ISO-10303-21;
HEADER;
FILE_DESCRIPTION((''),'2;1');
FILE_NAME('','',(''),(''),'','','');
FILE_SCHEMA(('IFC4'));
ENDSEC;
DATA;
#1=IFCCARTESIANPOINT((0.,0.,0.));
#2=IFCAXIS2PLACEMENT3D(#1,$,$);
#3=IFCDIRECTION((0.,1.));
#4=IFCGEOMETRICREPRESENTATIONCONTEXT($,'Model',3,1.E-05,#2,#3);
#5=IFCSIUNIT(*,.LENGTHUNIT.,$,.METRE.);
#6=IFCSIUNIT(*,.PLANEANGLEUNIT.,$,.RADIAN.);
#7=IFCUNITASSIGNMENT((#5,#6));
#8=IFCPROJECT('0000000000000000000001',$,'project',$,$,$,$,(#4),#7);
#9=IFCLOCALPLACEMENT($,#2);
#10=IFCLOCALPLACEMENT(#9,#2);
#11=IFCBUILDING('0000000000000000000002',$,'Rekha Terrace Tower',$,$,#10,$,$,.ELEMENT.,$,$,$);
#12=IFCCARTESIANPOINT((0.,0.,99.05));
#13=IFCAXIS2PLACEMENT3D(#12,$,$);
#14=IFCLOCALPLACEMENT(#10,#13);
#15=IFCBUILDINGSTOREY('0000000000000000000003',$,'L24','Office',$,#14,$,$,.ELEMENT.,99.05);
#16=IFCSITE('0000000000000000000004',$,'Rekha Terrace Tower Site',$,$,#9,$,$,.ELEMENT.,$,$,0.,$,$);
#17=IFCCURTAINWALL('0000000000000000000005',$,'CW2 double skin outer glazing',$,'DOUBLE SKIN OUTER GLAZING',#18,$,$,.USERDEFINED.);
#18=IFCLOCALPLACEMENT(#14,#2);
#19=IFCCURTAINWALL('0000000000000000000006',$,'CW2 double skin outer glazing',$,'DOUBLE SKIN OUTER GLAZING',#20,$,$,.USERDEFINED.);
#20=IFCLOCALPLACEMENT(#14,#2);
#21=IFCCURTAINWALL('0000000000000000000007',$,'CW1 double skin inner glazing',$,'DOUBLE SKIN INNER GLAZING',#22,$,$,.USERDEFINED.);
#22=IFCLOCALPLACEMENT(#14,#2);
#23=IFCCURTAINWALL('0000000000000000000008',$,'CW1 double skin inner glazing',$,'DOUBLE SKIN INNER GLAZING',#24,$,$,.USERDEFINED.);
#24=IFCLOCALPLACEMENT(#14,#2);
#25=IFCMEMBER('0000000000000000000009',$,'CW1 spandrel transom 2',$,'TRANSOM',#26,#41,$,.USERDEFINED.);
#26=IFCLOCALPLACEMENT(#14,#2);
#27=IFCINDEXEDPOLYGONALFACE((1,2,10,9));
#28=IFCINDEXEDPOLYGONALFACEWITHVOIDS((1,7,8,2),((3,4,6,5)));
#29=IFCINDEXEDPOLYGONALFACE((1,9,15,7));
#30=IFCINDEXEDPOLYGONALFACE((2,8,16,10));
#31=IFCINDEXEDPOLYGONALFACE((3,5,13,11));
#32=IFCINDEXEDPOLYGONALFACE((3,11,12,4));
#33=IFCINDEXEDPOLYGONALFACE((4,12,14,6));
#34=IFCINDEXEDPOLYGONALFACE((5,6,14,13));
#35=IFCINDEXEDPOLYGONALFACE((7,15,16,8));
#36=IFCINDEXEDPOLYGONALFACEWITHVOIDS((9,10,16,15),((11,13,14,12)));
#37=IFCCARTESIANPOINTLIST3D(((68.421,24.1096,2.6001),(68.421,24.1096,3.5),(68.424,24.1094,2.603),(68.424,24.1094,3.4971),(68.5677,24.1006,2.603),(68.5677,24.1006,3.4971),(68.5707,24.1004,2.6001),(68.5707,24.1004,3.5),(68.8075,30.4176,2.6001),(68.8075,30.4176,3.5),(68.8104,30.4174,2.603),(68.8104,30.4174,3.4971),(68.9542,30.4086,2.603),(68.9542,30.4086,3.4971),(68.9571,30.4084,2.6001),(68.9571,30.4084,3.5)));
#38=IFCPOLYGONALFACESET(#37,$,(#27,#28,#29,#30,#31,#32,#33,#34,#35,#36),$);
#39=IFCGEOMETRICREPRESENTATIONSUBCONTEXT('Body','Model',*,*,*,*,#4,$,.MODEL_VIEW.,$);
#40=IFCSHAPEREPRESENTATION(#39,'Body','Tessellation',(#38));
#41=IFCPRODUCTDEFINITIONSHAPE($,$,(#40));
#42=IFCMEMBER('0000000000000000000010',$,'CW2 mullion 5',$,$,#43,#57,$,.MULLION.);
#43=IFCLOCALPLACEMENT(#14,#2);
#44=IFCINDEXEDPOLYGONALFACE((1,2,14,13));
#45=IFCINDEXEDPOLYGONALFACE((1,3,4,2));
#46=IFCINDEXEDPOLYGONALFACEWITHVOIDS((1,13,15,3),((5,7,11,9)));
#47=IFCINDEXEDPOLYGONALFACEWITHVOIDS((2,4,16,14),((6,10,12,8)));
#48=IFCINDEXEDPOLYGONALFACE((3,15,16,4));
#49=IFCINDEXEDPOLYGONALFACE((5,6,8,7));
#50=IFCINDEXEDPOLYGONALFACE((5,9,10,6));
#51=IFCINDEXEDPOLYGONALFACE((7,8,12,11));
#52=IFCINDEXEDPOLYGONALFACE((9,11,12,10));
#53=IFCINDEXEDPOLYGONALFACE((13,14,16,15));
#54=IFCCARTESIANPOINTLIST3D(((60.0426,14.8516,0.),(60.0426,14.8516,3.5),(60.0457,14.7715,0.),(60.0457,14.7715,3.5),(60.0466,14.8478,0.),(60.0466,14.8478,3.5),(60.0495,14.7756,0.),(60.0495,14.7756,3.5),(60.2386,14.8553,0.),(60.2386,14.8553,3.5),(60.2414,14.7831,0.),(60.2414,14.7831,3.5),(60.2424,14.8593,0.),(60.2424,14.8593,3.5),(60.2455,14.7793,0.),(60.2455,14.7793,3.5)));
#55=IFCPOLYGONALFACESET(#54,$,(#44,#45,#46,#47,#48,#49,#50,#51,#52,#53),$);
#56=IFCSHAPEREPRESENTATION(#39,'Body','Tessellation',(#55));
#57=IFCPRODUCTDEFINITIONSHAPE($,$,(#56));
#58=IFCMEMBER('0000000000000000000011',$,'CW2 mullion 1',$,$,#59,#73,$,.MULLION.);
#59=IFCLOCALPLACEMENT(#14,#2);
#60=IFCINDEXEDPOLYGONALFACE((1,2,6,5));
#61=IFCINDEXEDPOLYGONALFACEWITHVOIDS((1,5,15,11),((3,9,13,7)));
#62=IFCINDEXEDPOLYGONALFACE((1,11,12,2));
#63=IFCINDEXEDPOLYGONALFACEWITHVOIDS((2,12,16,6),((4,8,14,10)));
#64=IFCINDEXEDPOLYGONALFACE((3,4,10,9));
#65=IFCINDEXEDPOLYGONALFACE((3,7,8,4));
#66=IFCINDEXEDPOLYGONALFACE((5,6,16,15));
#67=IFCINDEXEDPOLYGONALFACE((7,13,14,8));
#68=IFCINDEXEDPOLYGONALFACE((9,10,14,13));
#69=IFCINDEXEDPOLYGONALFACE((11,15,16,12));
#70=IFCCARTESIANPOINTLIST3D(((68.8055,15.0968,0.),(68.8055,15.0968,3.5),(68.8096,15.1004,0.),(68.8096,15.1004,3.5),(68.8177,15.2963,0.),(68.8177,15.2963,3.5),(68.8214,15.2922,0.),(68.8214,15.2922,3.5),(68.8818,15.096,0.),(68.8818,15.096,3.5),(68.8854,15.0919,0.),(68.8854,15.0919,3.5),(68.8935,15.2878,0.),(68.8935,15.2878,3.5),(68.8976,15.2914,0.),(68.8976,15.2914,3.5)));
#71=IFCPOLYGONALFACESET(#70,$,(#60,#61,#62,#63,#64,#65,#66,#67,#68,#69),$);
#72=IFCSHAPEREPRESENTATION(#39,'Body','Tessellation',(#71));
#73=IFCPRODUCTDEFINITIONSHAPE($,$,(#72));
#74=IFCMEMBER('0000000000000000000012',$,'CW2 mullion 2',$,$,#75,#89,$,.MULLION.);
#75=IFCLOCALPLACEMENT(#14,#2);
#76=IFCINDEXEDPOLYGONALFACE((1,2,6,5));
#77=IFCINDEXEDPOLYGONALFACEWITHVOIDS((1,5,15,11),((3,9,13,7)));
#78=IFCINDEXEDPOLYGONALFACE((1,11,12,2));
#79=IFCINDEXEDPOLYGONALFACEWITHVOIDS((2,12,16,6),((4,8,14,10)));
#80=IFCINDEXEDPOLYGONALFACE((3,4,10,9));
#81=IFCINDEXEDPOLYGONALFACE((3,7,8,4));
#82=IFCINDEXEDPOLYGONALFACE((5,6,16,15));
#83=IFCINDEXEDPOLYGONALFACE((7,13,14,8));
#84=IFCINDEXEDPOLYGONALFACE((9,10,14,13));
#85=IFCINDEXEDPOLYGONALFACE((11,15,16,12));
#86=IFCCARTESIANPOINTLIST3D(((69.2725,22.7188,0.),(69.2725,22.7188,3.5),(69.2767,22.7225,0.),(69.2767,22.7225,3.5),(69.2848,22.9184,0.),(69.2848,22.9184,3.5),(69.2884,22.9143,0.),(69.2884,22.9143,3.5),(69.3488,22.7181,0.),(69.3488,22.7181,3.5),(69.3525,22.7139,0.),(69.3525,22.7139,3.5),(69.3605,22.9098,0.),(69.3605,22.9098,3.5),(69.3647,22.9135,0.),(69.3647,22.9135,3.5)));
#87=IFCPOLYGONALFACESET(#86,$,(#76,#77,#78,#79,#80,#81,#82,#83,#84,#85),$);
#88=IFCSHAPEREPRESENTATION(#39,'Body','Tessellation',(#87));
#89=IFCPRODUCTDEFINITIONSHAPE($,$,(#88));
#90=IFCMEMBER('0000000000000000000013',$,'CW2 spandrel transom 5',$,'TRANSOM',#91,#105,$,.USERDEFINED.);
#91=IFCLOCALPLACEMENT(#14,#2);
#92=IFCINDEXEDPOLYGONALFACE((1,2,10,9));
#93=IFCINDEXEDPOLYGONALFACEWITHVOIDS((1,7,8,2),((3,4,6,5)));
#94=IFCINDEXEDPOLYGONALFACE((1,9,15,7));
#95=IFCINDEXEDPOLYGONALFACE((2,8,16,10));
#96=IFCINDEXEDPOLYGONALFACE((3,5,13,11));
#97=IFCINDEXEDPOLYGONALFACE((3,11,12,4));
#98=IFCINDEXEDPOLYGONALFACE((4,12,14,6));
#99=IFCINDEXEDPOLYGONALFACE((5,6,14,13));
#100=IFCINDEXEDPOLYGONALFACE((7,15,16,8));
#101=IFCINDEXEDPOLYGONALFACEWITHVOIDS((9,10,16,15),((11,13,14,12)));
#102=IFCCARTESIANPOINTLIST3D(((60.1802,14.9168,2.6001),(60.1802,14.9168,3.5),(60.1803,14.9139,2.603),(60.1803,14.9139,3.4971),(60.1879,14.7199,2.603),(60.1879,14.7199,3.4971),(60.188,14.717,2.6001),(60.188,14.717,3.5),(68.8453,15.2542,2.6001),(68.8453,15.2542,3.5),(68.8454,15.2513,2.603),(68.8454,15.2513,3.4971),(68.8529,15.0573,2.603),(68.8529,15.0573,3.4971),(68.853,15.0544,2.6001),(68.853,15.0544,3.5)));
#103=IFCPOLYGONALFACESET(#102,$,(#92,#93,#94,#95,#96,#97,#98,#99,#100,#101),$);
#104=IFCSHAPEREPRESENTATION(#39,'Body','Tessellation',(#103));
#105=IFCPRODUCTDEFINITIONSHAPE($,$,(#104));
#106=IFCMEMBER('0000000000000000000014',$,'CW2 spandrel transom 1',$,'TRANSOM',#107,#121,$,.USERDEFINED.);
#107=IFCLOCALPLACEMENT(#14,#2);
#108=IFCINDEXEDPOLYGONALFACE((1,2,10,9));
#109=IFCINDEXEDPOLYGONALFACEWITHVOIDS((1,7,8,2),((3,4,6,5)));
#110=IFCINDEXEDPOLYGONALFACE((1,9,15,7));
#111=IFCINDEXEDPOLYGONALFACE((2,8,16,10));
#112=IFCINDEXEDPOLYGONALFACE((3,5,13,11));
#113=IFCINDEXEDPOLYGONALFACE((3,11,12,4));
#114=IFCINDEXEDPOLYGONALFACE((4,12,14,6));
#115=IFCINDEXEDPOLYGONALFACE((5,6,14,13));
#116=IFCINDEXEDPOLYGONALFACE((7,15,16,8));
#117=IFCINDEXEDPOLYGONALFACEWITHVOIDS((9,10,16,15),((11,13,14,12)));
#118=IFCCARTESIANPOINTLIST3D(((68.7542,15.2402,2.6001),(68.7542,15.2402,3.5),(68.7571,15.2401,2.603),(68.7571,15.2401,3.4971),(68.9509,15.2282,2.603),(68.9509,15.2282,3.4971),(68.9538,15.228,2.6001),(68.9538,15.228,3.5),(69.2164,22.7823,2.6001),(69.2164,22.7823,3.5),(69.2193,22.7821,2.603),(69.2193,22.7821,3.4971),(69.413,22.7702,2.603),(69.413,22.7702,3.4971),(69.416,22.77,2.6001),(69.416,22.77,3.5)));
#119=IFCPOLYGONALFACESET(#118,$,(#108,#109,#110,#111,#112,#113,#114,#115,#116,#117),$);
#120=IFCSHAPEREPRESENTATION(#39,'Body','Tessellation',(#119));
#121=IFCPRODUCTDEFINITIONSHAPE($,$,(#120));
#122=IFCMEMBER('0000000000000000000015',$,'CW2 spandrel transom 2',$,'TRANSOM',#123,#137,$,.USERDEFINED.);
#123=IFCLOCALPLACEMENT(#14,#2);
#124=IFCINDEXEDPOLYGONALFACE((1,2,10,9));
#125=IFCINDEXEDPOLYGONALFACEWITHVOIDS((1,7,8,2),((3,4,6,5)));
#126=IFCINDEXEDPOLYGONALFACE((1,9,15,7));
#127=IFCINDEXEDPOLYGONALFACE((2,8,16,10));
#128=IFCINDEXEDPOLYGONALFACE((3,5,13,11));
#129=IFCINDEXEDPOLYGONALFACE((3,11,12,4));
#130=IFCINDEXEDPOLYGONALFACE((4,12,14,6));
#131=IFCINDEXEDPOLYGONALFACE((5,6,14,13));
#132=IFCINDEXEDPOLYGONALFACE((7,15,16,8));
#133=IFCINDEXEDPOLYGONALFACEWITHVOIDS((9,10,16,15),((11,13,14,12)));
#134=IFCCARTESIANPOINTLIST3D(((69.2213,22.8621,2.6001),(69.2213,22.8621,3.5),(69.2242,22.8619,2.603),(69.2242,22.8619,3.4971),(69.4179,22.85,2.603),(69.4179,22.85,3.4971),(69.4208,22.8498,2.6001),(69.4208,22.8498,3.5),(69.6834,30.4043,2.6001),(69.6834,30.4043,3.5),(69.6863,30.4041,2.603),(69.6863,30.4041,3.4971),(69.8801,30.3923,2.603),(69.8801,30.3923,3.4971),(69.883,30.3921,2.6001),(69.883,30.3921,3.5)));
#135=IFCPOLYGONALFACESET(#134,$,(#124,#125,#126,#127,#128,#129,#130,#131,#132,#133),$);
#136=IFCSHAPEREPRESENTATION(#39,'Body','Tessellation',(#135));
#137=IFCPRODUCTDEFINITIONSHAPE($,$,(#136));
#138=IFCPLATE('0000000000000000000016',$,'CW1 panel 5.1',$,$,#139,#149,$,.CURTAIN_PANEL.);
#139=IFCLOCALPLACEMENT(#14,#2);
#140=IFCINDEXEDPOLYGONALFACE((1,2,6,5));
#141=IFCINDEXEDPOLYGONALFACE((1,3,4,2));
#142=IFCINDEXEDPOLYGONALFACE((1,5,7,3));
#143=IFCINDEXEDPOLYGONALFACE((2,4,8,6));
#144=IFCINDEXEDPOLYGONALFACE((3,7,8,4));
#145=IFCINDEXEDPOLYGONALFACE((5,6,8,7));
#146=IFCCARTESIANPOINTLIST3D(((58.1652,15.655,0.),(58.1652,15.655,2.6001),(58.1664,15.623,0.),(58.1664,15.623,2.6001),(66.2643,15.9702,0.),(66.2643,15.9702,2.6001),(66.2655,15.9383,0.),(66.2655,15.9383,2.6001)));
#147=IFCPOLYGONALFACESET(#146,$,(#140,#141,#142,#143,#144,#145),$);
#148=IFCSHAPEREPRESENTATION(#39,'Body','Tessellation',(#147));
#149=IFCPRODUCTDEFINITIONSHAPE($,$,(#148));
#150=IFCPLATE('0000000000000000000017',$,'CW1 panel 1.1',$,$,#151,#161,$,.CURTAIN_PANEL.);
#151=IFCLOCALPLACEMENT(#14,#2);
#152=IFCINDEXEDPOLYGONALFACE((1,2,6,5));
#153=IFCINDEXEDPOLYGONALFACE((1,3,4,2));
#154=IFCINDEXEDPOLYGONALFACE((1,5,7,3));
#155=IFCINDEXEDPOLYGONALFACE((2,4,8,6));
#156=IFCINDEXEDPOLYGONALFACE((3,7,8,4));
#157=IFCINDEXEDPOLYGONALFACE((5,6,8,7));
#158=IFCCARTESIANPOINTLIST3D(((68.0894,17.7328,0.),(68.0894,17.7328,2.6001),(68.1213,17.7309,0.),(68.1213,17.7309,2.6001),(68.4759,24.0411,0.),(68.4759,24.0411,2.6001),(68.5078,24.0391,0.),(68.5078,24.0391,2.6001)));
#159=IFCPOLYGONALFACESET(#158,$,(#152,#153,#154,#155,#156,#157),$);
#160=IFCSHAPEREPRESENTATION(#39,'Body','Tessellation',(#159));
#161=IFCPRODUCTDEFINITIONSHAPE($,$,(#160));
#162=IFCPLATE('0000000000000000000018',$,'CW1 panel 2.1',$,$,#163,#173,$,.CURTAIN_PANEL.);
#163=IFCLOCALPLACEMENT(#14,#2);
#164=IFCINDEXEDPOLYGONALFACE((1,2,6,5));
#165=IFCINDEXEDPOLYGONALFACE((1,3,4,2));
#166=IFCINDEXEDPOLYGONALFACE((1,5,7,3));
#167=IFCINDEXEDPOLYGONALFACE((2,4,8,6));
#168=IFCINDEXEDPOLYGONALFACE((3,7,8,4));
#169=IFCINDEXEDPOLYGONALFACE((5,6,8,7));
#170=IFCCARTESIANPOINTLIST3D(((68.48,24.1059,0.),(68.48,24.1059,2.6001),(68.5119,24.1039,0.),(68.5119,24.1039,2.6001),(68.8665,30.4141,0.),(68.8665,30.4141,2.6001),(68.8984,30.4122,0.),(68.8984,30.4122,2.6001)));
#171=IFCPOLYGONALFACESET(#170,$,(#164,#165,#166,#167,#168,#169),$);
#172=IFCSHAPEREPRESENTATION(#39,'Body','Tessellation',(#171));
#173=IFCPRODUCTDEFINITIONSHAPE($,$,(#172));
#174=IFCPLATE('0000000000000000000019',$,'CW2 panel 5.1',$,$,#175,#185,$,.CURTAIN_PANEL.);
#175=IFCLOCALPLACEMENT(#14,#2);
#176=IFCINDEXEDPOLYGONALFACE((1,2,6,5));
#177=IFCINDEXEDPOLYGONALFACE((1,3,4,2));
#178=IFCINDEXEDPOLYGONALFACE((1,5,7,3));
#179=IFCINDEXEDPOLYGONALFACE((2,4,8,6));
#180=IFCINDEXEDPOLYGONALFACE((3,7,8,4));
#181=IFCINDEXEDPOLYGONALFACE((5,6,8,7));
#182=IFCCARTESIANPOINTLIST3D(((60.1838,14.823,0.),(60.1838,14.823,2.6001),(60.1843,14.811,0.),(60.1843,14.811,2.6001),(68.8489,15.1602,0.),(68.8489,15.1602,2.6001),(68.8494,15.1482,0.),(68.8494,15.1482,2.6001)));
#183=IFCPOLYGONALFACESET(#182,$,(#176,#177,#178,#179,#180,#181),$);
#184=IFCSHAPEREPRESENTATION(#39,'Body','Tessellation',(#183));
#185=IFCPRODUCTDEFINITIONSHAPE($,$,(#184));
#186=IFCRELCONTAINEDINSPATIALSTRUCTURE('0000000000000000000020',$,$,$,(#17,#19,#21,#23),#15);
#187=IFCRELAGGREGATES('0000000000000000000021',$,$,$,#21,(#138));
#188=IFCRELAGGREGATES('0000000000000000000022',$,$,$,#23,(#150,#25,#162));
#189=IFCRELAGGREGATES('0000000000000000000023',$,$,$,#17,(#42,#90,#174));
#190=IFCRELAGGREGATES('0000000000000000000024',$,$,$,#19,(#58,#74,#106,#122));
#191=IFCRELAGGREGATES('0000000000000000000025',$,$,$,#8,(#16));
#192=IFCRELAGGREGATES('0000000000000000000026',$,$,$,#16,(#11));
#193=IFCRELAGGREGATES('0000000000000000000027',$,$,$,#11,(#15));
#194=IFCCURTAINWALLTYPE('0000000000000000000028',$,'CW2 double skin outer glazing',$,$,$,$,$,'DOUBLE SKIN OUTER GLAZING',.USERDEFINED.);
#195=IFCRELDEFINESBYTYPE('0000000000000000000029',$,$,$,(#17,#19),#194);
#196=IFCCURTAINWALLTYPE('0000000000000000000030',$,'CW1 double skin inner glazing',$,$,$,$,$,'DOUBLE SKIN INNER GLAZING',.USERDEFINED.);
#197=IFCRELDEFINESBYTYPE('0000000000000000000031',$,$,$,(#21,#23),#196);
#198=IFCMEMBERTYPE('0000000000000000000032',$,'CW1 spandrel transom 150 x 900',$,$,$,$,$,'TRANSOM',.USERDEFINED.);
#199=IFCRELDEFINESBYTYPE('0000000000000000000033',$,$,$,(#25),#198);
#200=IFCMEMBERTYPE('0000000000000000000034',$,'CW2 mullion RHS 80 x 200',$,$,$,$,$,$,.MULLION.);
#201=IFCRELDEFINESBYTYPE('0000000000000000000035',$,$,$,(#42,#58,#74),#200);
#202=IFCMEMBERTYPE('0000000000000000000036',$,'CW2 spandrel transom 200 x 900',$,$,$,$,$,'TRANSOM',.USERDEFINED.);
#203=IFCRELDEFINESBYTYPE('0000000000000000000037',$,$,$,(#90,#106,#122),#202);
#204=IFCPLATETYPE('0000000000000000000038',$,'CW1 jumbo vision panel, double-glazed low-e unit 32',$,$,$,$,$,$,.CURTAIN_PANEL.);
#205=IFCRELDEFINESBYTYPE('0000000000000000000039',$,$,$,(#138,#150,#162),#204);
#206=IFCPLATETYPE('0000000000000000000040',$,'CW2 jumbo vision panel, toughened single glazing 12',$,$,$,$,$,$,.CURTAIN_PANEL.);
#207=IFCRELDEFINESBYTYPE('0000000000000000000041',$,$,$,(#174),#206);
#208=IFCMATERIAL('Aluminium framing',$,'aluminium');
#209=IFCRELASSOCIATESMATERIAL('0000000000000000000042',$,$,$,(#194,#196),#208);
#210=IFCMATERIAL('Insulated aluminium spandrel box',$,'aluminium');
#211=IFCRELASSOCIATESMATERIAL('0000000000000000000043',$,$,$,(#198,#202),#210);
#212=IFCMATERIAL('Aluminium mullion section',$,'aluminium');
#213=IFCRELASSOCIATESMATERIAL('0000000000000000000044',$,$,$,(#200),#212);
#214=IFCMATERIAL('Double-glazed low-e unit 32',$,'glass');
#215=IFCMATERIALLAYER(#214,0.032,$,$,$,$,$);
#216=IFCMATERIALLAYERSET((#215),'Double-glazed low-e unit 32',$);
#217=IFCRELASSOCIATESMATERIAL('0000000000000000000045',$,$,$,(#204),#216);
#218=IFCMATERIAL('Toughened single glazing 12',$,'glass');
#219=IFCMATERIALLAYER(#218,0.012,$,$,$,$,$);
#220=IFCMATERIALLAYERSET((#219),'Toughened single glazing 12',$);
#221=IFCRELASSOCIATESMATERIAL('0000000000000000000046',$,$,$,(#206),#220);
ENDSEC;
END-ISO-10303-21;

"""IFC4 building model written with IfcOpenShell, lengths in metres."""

from ifc_helpers import new_model, si_unit, direction, frame, origin, origin_2d, place, context, subcontext, project, spatial, rectangle, hollow_rectangle, extrude, material, layer, layer_set, material_profile, profile_set, type_object, element, aggregate, save


model = new_model("IFC4")

# Units and contexts
model_context = context("Model", 3, precision=1e-05, world=origin(), true_north=direction((0.0, 1.0)))
body_context = subcontext(model_context, "Body", "Model", "MODEL_VIEW")
ifc_project = project(units=[si_unit("LENGTHUNIT", "METRE"), si_unit("PLANEANGLEUNIT", "RADIAN")], contexts=[model_context])

# Site, building, storey
site_placement = place(None, origin())
site = spatial("IfcSite", under=ifc_project, at=site_placement, Name="Rekha Terrace Tower Site", CompositionType="ELEMENT", RefElevation=0.0)
building_placement = place(site_placement, origin())
building = spatial("IfcBuilding", under=site, at=building_placement, Name="Rekha Terrace Tower", CompositionType="ELEMENT")
storey_placement = place(building_placement, frame((0.0, 0.0, 99.05)))
storey = spatial("IfcBuildingStorey", under=building, at=storey_placement, Name="L24", Description="Office", CompositionType="ELEMENT", Elevation=99.05)

# Curtain walls
ifc_material_1 = material(Name="Aluminium framing", Category="aluminium")
curtain_wall_type_1 = type_object("IfcCurtainWallType", Name="CW2 double skin outer glazing", ElementType="DOUBLE SKIN OUTER GLAZING", PredefinedType="USERDEFINED", material=ifc_material_1)
curtain_wall_1_placement = place(storey_placement, origin())
curtain_wall_1 = element("IfcCurtainWall", 1, at=curtain_wall_1_placement, inside=storey, type_object=curtain_wall_type_1, Name="CW2 double skin outer glazing", ObjectType="DOUBLE SKIN OUTER GLAZING", PredefinedType="USERDEFINED")
curtain_wall_2_placement = place(storey_placement, origin())
curtain_wall_2 = element("IfcCurtainWall", 2, at=curtain_wall_2_placement, inside=storey, type_object=curtain_wall_type_1, Name="CW2 double skin outer glazing", ObjectType="DOUBLE SKIN OUTER GLAZING", PredefinedType="USERDEFINED")

# Curtain walls
curtain_wall_type_2 = type_object("IfcCurtainWallType", Name="CW1 double skin inner glazing", ElementType="DOUBLE SKIN INNER GLAZING", PredefinedType="USERDEFINED", material=ifc_material_1)
curtain_wall_3_placement = place(storey_placement, origin())
curtain_wall_3 = element("IfcCurtainWall", 3, at=curtain_wall_3_placement, inside=storey, type_object=curtain_wall_type_2, Name="CW1 double skin inner glazing", ObjectType="DOUBLE SKIN INNER GLAZING", PredefinedType="USERDEFINED")
ifc_material_2 = material(Name="Aluminium mullion section", Category="aluminium")
curtain_wall_4_placement = place(storey_placement, origin())
curtain_wall_4 = element("IfcCurtainWall", 4, at=curtain_wall_4_placement, inside=storey, type_object=curtain_wall_type_2, Name="CW1 double skin inner glazing", ObjectType="DOUBLE SKIN INNER GLAZING", PredefinedType="USERDEFINED")

# Members
ifc_material_3 = material(Name="Insulated aluminium spandrel box", Category="aluminium")
ifc_material_profile_1 = material_profile(ifc_material_3, hollow_rectangle(XDim=0.1499, YDim=0.8999, WallThickness=0.0029, at=origin_2d()), Name="AL SPANDREL BOX 150x900")
ifc_profile_set_1 = profile_set([ifc_material_profile_1], Name="Insulated aluminium spandrel box")
member_type_1 = type_object("IfcMemberType", Name="CW1 spandrel transom 150 x 900", ElementType="TRANSOM", PredefinedType="USERDEFINED", material=ifc_profile_set_1)
member_1_placement = place(storey_placement, frame((68.4958, 24.105, 3.05), z_axis=(0.061152, 0.998128, 0.0), x_axis=(-0.998128, 0.061152, 0.0)))
member_1 = element("IfcMember", 5, at=member_1_placement, type_object=member_type_1, Name="CW1 spandrel transom 2", ObjectType="TRANSOM", PredefinedType="USERDEFINED", context=body_context, shape_type="SweptSolid", body=[
    extrude(hollow_rectangle(XDim=0.1499, YDim=0.8999, WallThickness=0.0029, at=origin_2d()), origin(), (0.0, 0.0, 1.0), 6.3198),
])
ifc_material_profile_2 = material_profile(ifc_material_2, hollow_rectangle(XDim=0.0801, YDim=0.2, WallThickness=0.0039, at=origin_2d()), Name="AL RHS 80x200")
ifc_profile_set_2 = profile_set([ifc_material_profile_2], Name="Aluminium mullion section")
member_type_2 = type_object("IfcMemberType", Name="CW2 mullion RHS 80 x 200", PredefinedType="MULLION", material=ifc_profile_set_2)
member_2_placement = place(storey_placement, frame((60.144, 14.8154, 0.0), z_axis=(0.0, 0.0, 1.0), x_axis=(-0.03889, 0.999243, 0.0)))
member_2 = element("IfcMember", 6, at=member_2_placement, type_object=member_type_2, Name="CW2 mullion 5", PredefinedType="MULLION", context=body_context, shape_type="SweptSolid", body=[
    extrude(hollow_rectangle(XDim=0.0801, YDim=0.2, WallThickness=0.0039, at=origin_2d()), origin(), (0.0, 0.0, 1.0), 3.5),
])
member_3_placement = place(storey_placement, frame((68.8516, 15.1941, 0.0), z_axis=(0.0, 0.0, 1.0), x_axis=(-0.998128, 0.06116, 0.0)))
member_3 = element("IfcMember", 7, at=member_3_placement, type_object=member_type_2, Name="CW2 mullion 1", PredefinedType="MULLION", context=body_context, shape_type="SweptSolid", body=[
    extrude(hollow_rectangle(XDim=0.0801, YDim=0.2, WallThickness=0.0039, at=origin_2d()), origin(), (0.0, 0.0, 1.0), 3.5),
])
member_4_placement = place(storey_placement, frame((69.3186, 22.8162, 0.0), z_axis=(0.0, 0.0, 1.0), x_axis=(-0.998128, 0.06116, 0.0)))
member_4 = element("IfcMember", 8, at=member_4_placement, type_object=member_type_2, Name="CW2 mullion 2", PredefinedType="MULLION", context=body_context, shape_type="SweptSolid", body=[
    extrude(hollow_rectangle(XDim=0.0801, YDim=0.2, WallThickness=0.0039, at=origin_2d()), origin(), (0.0, 0.0, 1.0), 3.5),
])
ifc_material_profile_3 = material_profile(ifc_material_3, hollow_rectangle(XDim=0.2, YDim=0.8999, WallThickness=0.0029, at=origin_2d()), Name="AL SPANDREL BOX 200x900")
ifc_profile_set_3 = profile_set([ifc_material_profile_3], Name="Insulated aluminium spandrel box")
member_type_3 = type_object("IfcMemberType", Name="CW2 spandrel transom 200 x 900", ElementType="TRANSOM", PredefinedType="USERDEFINED", material=ifc_profile_set_3)
member_5_placement = place(storey_placement, frame((60.1841, 14.8169, 3.05), z_axis=(0.999243, 0.038909, 0.0), x_axis=(-0.038909, 0.999243, 0.0)))
member_5 = element("IfcMember", 9, at=member_5_placement, type_object=member_type_3, Name="CW2 spandrel transom 5", ObjectType="TRANSOM", PredefinedType="USERDEFINED", context=body_context, shape_type="SweptSolid", body=[
    extrude(hollow_rectangle(XDim=0.2, YDim=0.8999, WallThickness=0.0029, at=origin_2d()), origin(), (0.0, 0.0, 1.0), 8.6716),
])
member_6_placement = place(storey_placement, frame((68.854, 15.2341, 3.05), z_axis=(0.061163, 0.998128, 0.0), x_axis=(-0.998128, 0.061163, 0.0)))
member_6 = element("IfcMember", 10, at=member_6_placement, type_object=member_type_3, Name="CW2 spandrel transom 1", ObjectType="TRANSOM", PredefinedType="USERDEFINED", context=body_context, shape_type="SweptSolid", body=[
    extrude(hollow_rectangle(XDim=0.2, YDim=0.8999, WallThickness=0.0029, at=origin_2d()), origin(), (0.0, 0.0, 1.0), 7.5562),
])
member_7_placement = place(storey_placement, frame((69.321, 22.856, 3.05), z_axis=(0.061161, 0.998128, 0.0), x_axis=(-0.998128, 0.061161, 0.0)))
member_7 = element("IfcMember", 11, at=member_7_placement, type_object=member_type_3, Name="CW2 spandrel transom 2", ObjectType="TRANSOM", PredefinedType="USERDEFINED", context=body_context, shape_type="SweptSolid", body=[
    extrude(hollow_rectangle(XDim=0.2, YDim=0.8999, WallThickness=0.0029, at=origin_2d()), origin(), (0.0, 0.0, 1.0), 7.5564),
])

# Plates
ifc_material_4 = material(Name="Double-glazed low-e unit 32", Category="glass")
ifc_layer_1 = layer(ifc_material_4, 0.032)
ifc_layer_set_1 = layer_set([ifc_layer_1], Name="Double-glazed low-e unit 32")
plate_type_1 = type_object("IfcPlateType", Name="CW1 jumbo vision panel, double-glazed low-e unit 32", PredefinedType="CURTAIN_PANEL", material=ifc_layer_set_1)
plate_1_placement = place(storey_placement, frame((62.2153, 15.7966, 0.0), z_axis=(0.0, 0.0, 1.0), x_axis=(0.999243, 0.03889, 0.0)))
plate_1 = element("IfcPlate", 12, at=plate_1_placement, type_object=plate_type_1, Name="CW1 panel 5.1", PredefinedType="CURTAIN_PANEL", context=body_context, shape_type="SweptSolid", body=[
    extrude(rectangle(XDim=8.1052, YDim=0.032, at=origin_2d()), origin(), (0.0, 0.0, 1.0), 2.6001),
])
aggregate(curtain_wall_3, [plate_1])
plate_2_placement = place(storey_placement, frame((68.2986, 20.886, 0.0), z_axis=(0.0, 0.0, 1.0), x_axis=(0.06116, 0.998128, 0.0)))
plate_2 = element("IfcPlate", 13, at=plate_2_placement, type_object=plate_type_1, Name="CW1 panel 1.1", PredefinedType="CURTAIN_PANEL", context=body_context, shape_type="SweptSolid", body=[
    extrude(rectangle(XDim=6.3201, YDim=0.032, at=origin_2d()), origin(), (0.0, 0.0, 1.0), 2.6001),
])
plate_3_placement = place(storey_placement, frame((68.6892, 27.259, 0.0), z_axis=(0.0, 0.0, 1.0), x_axis=(0.06116, 0.998128, 0.0)))
plate_3 = element("IfcPlate", 14, at=plate_3_placement, type_object=plate_type_1, Name="CW1 panel 2.1", PredefinedType="CURTAIN_PANEL", context=body_context, shape_type="SweptSolid", body=[
    extrude(rectangle(XDim=6.3201, YDim=0.032, at=origin_2d()), origin(), (0.0, 0.0, 1.0), 2.6001),
])
aggregate(curtain_wall_4, [plate_2, member_1, plate_3])
ifc_material_5 = material(Name="Toughened single glazing 12", Category="glass")
ifc_layer_2 = layer(ifc_material_5, 0.012)
ifc_layer_set_2 = layer_set([ifc_layer_2], Name="Toughened single glazing 12")
plate_type_2 = type_object("IfcPlateType", Name="CW2 jumbo vision panel, toughened single glazing 12", PredefinedType="CURTAIN_PANEL", material=ifc_layer_set_2)
plate_4_placement = place(storey_placement, frame((64.5166, 14.9856, 0.0), z_axis=(0.0, 0.0, 1.0), x_axis=(0.999243, 0.03889, 0.0)))
plate_4 = element("IfcPlate", 15, at=plate_4_placement, type_object=plate_type_2, Name="CW2 panel 5.1", PredefinedType="CURTAIN_PANEL", context=body_context, shape_type="SweptSolid", body=[
    extrude(rectangle(XDim=8.6716, YDim=0.012, at=origin_2d()), origin(), (0.0, 0.0, 1.0), 2.6001),
])
aggregate(curtain_wall_1, [member_2, member_5, plate_4])
aggregate(curtain_wall_2, [member_3, member_4, member_6, member_7])

save(model, "model.ifc")
